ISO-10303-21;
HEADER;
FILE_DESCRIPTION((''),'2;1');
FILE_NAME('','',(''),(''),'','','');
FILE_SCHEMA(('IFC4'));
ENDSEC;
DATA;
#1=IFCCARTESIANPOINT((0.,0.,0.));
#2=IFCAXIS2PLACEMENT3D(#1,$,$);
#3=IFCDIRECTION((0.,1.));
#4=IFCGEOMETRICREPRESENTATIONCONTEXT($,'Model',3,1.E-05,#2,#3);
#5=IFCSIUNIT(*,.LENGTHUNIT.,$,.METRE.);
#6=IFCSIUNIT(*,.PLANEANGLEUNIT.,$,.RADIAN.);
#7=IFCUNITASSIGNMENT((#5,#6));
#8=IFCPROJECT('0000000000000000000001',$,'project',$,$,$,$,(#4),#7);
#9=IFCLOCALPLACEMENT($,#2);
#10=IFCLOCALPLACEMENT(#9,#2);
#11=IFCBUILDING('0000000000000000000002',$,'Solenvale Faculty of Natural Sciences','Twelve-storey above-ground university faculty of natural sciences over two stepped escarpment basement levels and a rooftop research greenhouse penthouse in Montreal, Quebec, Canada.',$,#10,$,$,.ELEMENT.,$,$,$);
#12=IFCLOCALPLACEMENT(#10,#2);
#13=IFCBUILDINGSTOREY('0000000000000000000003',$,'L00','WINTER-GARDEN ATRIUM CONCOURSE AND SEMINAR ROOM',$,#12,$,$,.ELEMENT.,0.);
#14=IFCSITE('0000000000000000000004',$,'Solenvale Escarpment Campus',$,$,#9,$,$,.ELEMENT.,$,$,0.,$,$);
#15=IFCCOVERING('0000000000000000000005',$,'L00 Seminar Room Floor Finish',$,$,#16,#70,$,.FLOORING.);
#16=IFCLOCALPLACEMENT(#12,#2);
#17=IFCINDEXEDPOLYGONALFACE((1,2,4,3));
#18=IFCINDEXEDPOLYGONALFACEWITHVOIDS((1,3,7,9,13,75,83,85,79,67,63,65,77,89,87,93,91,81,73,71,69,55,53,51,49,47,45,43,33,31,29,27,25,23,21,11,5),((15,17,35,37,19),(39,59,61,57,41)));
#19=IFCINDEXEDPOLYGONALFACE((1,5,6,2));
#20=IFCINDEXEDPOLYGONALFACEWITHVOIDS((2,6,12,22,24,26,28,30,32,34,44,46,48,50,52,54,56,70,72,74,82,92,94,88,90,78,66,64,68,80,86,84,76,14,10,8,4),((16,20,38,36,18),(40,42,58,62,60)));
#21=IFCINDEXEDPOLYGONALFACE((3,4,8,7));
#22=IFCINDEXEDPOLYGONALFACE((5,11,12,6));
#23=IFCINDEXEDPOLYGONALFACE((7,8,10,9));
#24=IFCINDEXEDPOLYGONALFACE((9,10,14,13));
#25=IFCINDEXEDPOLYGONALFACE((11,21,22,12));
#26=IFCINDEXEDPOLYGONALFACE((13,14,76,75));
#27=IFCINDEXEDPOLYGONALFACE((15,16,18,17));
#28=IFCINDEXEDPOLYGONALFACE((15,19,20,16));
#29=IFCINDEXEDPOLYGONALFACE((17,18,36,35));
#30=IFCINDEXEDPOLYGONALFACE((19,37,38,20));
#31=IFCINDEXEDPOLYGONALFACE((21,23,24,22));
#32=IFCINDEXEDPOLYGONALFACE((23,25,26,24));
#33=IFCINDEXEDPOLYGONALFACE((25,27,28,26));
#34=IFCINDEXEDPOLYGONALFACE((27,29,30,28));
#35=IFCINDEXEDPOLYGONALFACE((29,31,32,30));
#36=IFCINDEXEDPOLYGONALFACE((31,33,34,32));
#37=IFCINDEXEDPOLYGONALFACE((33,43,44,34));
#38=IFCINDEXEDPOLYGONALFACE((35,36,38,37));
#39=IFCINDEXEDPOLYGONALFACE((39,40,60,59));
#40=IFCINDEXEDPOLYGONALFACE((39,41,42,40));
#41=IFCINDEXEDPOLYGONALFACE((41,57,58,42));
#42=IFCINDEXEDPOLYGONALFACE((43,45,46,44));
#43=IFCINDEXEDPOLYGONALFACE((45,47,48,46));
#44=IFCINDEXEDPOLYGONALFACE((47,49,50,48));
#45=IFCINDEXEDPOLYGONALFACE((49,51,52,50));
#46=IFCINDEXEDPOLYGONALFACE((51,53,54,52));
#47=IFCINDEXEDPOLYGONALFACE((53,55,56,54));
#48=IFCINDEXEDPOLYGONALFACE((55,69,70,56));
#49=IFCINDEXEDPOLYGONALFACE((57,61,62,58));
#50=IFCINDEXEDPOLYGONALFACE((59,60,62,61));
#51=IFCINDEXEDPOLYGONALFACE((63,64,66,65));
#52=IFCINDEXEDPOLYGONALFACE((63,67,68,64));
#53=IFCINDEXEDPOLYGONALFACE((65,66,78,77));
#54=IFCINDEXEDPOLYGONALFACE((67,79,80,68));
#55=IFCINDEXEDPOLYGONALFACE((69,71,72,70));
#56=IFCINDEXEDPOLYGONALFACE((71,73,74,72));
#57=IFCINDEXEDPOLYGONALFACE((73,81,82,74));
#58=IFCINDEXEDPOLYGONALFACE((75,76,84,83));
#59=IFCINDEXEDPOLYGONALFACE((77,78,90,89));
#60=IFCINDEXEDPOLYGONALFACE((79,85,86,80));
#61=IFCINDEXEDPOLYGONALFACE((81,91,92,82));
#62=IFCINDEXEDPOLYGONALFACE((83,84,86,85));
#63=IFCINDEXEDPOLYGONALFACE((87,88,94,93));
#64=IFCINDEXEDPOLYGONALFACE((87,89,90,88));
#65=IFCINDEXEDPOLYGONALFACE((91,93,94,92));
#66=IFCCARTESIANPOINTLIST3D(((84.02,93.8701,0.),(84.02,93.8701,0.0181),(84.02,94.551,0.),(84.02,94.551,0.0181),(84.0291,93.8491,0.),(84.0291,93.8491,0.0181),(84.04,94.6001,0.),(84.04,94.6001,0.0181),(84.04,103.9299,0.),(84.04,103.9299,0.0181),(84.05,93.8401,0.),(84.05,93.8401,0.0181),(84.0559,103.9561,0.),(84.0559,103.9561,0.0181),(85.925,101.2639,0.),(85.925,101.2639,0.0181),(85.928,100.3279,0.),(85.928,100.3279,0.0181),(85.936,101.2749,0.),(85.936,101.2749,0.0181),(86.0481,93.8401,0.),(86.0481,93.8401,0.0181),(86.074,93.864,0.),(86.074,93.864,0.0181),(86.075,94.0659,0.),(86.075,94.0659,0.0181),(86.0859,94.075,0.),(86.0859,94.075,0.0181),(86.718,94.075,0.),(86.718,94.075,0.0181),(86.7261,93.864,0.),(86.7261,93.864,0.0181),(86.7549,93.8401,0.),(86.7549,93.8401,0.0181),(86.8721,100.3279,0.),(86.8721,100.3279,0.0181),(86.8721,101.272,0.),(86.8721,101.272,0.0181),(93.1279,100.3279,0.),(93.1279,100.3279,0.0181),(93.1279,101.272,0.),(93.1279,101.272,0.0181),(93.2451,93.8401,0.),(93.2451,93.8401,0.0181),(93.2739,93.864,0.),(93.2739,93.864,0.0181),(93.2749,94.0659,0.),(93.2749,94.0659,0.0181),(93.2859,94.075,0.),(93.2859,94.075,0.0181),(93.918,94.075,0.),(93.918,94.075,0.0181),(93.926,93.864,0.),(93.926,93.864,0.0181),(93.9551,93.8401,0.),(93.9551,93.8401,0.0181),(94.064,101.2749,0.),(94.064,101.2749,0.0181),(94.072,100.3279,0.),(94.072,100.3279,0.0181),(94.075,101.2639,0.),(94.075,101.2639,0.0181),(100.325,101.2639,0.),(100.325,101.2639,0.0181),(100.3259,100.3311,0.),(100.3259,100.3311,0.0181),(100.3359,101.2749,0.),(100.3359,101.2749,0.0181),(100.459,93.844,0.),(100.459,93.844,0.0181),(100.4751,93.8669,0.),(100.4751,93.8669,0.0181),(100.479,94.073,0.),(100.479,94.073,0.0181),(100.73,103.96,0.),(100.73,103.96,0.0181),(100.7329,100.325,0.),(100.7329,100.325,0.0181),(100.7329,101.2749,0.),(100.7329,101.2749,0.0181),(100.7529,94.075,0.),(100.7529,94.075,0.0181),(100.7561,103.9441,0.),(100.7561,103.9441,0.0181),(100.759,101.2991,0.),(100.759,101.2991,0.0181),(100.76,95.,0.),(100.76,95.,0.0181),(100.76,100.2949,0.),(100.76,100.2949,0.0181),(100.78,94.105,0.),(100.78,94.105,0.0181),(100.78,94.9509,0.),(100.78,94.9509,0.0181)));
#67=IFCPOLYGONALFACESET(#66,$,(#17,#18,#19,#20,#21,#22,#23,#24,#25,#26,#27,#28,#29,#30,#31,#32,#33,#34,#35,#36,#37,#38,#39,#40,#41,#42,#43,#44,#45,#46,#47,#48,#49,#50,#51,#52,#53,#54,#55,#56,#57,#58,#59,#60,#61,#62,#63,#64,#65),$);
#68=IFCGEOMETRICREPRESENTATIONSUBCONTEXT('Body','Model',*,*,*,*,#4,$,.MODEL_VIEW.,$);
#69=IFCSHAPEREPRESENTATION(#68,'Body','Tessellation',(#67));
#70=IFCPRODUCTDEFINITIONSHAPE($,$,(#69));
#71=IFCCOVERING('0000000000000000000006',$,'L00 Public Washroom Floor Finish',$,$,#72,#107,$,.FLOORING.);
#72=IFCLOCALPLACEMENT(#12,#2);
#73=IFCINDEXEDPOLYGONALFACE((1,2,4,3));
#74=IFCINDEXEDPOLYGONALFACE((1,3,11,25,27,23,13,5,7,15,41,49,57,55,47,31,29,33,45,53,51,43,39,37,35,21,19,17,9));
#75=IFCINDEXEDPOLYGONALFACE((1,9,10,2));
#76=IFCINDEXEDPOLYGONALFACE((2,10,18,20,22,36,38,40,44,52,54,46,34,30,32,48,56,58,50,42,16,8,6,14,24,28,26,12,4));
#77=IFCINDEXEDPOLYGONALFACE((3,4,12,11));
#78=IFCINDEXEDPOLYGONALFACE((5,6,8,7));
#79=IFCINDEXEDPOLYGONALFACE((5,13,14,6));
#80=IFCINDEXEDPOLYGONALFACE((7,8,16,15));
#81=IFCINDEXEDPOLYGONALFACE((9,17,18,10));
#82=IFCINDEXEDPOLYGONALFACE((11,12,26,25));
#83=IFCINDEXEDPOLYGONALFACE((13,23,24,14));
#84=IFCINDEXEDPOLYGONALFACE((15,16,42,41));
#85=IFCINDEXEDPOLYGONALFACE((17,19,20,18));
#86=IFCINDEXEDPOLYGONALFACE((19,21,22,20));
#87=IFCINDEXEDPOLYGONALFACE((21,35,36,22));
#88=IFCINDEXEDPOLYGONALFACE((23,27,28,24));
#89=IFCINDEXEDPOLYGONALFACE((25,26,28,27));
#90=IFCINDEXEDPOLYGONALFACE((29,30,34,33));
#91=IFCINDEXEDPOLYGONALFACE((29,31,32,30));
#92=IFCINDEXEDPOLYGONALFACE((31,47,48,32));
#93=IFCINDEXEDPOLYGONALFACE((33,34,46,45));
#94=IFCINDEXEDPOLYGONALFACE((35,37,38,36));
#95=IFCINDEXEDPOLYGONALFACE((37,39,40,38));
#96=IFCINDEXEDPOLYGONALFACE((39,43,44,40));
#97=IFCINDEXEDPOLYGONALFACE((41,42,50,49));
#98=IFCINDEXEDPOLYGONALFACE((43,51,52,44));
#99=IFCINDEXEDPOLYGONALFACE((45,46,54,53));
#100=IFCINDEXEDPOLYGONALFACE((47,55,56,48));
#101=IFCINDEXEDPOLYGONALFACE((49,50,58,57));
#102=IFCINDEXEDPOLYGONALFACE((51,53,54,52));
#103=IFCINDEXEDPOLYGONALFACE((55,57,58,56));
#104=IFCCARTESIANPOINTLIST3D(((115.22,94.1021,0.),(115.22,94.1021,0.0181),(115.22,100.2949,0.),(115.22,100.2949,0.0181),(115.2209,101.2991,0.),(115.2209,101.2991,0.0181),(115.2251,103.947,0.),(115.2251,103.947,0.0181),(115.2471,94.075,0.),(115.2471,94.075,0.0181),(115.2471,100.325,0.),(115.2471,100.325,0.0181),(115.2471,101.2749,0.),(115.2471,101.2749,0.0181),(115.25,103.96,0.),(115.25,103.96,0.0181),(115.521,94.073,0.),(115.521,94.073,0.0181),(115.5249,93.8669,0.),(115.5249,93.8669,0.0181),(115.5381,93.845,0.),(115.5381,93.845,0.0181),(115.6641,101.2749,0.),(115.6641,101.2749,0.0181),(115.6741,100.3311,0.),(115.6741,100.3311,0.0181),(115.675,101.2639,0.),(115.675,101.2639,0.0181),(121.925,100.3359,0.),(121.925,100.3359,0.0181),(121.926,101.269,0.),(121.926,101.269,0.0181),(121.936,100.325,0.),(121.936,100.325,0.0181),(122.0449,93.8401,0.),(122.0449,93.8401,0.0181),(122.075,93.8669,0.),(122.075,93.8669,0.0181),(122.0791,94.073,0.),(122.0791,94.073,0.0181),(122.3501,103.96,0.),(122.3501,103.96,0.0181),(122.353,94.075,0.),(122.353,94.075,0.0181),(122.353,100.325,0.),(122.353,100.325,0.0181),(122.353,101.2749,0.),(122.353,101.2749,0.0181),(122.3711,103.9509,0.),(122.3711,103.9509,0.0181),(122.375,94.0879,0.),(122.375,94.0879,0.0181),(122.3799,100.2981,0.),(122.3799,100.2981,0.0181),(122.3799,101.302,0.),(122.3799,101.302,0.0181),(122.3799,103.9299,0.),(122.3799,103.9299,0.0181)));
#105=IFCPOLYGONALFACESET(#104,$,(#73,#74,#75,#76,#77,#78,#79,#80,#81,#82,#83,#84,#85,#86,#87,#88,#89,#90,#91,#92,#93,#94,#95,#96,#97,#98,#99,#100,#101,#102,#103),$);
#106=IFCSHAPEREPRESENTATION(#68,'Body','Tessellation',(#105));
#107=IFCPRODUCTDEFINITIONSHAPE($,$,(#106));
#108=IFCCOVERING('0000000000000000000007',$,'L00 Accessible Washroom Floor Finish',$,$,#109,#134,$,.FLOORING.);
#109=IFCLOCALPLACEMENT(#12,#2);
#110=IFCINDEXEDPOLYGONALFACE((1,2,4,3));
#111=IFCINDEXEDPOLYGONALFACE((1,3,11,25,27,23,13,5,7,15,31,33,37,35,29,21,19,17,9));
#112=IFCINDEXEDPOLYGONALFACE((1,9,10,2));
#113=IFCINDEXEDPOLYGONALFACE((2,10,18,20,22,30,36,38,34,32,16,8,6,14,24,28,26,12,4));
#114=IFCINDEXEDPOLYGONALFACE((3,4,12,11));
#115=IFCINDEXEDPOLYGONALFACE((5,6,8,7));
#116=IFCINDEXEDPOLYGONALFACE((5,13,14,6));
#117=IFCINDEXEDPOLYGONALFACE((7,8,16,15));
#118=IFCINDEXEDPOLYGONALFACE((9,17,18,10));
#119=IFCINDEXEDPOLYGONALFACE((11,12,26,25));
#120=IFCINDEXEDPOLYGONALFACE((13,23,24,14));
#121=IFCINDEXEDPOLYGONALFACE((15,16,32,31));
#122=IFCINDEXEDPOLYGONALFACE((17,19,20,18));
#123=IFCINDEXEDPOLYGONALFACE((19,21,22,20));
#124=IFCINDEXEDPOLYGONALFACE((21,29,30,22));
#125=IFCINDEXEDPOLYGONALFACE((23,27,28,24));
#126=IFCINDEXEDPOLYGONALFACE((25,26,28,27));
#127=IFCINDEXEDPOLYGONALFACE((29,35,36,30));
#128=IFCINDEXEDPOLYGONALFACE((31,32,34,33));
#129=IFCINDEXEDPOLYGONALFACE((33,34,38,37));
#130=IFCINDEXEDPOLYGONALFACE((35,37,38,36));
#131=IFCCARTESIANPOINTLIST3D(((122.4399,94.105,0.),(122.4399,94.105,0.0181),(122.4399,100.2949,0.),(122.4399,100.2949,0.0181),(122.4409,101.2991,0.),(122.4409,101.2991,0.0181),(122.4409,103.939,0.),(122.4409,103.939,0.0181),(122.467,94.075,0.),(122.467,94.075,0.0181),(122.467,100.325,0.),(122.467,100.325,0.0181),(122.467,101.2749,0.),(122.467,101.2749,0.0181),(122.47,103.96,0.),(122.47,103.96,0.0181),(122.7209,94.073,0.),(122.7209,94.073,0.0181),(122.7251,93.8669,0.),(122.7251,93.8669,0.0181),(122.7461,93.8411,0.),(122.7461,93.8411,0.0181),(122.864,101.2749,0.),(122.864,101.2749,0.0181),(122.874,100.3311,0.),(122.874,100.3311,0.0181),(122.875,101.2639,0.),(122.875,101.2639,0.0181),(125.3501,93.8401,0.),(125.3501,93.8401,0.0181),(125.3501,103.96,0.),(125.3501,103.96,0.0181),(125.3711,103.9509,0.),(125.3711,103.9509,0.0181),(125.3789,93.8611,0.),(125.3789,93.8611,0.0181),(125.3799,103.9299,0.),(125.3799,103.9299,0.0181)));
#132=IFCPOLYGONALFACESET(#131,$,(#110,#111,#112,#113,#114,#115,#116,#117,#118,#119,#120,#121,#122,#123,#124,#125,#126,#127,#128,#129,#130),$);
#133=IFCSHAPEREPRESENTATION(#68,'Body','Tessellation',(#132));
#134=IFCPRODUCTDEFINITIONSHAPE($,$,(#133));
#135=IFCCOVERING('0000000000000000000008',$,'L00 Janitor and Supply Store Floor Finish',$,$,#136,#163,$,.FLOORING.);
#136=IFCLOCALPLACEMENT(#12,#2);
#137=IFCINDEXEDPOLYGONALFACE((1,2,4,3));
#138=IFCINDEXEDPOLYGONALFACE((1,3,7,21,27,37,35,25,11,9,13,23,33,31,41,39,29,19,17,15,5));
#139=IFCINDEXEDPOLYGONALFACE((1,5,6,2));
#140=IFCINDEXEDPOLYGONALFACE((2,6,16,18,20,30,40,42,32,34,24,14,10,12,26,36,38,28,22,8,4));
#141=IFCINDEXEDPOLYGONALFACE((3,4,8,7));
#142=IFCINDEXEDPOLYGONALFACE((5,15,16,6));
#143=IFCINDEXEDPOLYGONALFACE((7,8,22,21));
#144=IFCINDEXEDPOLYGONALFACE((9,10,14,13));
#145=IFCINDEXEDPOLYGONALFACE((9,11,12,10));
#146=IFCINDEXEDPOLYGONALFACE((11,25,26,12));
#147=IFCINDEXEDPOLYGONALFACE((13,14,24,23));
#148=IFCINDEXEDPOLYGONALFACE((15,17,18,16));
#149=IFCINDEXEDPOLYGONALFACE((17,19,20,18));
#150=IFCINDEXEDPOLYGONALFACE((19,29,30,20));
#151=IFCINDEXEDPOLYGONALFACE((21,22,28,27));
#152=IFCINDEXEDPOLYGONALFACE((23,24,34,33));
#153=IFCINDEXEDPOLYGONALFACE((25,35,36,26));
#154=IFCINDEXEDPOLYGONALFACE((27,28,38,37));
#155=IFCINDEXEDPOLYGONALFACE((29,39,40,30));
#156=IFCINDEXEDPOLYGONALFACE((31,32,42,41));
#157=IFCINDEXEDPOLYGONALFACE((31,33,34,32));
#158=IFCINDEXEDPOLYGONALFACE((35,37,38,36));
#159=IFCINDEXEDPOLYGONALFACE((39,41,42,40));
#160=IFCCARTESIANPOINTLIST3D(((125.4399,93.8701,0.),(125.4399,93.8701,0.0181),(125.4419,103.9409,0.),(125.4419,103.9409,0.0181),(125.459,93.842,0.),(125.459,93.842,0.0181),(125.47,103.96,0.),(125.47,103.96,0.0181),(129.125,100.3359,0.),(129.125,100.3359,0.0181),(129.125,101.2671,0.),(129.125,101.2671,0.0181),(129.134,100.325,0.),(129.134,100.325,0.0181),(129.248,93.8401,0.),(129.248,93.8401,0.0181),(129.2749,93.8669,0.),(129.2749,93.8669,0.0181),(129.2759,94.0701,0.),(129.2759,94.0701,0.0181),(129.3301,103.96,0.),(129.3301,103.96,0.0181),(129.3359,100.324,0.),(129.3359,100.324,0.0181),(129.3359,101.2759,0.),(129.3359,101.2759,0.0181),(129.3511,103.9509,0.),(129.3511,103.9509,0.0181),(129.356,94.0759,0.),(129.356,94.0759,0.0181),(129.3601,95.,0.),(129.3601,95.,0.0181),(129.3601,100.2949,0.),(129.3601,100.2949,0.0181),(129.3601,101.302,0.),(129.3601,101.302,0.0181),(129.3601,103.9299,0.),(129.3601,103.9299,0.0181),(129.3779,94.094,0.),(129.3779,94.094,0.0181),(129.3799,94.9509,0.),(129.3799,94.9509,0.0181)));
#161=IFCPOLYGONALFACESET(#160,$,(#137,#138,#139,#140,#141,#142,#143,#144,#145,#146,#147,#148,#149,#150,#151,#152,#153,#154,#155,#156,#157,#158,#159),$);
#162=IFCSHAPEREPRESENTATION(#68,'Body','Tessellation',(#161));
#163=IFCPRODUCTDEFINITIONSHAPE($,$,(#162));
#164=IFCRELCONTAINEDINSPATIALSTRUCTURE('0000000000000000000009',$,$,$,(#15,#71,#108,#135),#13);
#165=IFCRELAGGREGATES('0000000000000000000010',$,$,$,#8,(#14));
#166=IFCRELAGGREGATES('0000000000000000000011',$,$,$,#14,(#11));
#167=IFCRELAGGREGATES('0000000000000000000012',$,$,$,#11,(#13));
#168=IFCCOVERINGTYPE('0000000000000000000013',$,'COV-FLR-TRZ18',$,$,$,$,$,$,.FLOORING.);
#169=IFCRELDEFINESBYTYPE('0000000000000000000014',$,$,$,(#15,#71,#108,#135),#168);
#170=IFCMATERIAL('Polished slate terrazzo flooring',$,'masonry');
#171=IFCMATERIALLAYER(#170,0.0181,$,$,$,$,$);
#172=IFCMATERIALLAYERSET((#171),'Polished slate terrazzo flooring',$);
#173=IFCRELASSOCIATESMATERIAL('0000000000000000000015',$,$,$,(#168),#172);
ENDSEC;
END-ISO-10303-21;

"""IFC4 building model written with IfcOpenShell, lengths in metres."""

from ifc_helpers import new_model, si_unit, direction, origin, place, context, subcontext, project, spatial, polyline, outline, extrude, material, layer, layer_set, type_object, element, save


model = new_model("IFC4")

# Units and contexts
model_context = context("Model", 3, precision=1e-05, world=origin(), true_north=direction((0.0, 1.0)))
body_context = subcontext(model_context, "Body", "Model", "MODEL_VIEW")
ifc_project = project(units=[si_unit("LENGTHUNIT", "METRE"), si_unit("PLANEANGLEUNIT", "RADIAN")], contexts=[model_context])

# Site, building, storey
site_placement = place(None, origin())
site = spatial("IfcSite", under=ifc_project, at=site_placement, Name="Solenvale Escarpment Campus", CompositionType="ELEMENT", RefElevation=0.0)
building_placement = place(site_placement, origin())
building = spatial("IfcBuilding", under=site, at=building_placement, Name="Solenvale Faculty of Natural Sciences", Description="Twelve-storey above-ground university faculty of natural sciences over two stepped escarpment basement levels and a rooftop research greenhouse penthouse in Montreal, Quebec, Canada.", CompositionType="ELEMENT")
storey_placement = place(building_placement, origin())
storey = spatial("IfcBuildingStorey", under=building, at=storey_placement, Name="L00", Description="WINTER-GARDEN ATRIUM CONCOURSE AND SEMINAR ROOM", CompositionType="ELEMENT", Elevation=0.0)

# Coverings
ifc_material_1 = material(Name="Polished slate terrazzo flooring", Category="masonry")
ifc_layer_1 = layer(ifc_material_1, 0.0181)
ifc_layer_set_1 = layer_set([ifc_layer_1], Name="Polished slate terrazzo flooring")
covering_type_1 = type_object("IfcCoveringType", Name="COV-FLR-TRZ18", PredefinedType="FLOORING", material=ifc_layer_set_1)
covering_1_placement = place(storey_placement, origin())
element("IfcCovering", 1, at=covering_1_placement, inside=storey, type_object=covering_type_1, Name="L00 Seminar Room Floor Finish", PredefinedType="FLOORING", context=body_context, shape_type="SweptSolid", body=[
    extrude(outline(polyline([(84.02, 94.551), (84.04, 94.6001), (84.04, 103.9299), (84.0559, 103.9561), (100.73, 103.96), (100.7561, 103.9441), (100.759, 101.2991), (100.7329, 101.2749), (100.3359, 101.2749), (100.325, 101.2639), (100.3259, 100.3311), (100.7329, 100.325), (100.76, 100.2949), (100.76, 95.0), (100.78, 94.9509), (100.78, 94.105), (100.7529, 94.075), (100.479, 94.073), (100.4751, 93.8669), (100.459, 93.844), (93.9551, 93.8401), (93.926, 93.864), (93.918, 94.075), (93.2859, 94.075), (93.2749, 94.0659), (93.2739, 93.864), (93.2451, 93.8401), (86.7549, 93.8401), (86.7261, 93.864), (86.718, 94.075), (86.0859, 94.075), (86.075, 94.0659), (86.074, 93.864), (86.0481, 93.8401), (84.05, 93.8401), (84.0291, 93.8491), (84.02, 93.8701), (84.02, 94.551)]), holes=[polyline([(94.075, 101.2639), (94.064, 101.2749), (93.1279, 101.272), (93.1279, 100.3279), (94.072, 100.3279), (94.075, 101.2639)]), polyline([(85.936, 101.2749), (85.925, 101.2639), (85.928, 100.3279), (86.8721, 100.3279), (86.8721, 101.272), (85.936, 101.2749)])]), origin(), (0.0, 0.0, 1.0), 0.0181),
])
covering_2_placement = place(storey_placement, origin())
element("IfcCovering", 2, at=covering_2_placement, inside=storey, type_object=covering_type_1, Name="L00 Public Washroom Floor Finish", PredefinedType="FLOORING", context=body_context, shape_type="SweptSolid", body=[
    extrude(outline(polyline([(122.3501, 103.96), (122.3711, 103.9509), (122.3799, 103.9299), (122.3799, 101.302), (122.353, 101.2749), (121.926, 101.269), (121.925, 100.3359), (121.936, 100.325), (122.353, 100.325), (122.3799, 100.2981), (122.375, 94.0879), (122.353, 94.075), (122.0791, 94.073), (122.075, 93.8669), (122.0449, 93.8401), (115.5381, 93.845), (115.5249, 93.8669), (115.521, 94.073), (115.2471, 94.075), (115.22, 94.1021), (115.22, 100.2949), (115.2471, 100.325), (115.6741, 100.3311), (115.675, 101.2639), (115.6641, 101.2749), (115.2471, 101.2749), (115.2209, 101.2991), (115.2251, 103.947), (115.25, 103.96), (122.3501, 103.96)])), origin(), (0.0, 0.0, 1.0), 0.0181),
])
covering_3_placement = place(storey_placement, origin())
element("IfcCovering", 3, at=covering_3_placement, inside=storey, type_object=covering_type_1, Name="L00 Accessible Washroom Floor Finish", PredefinedType="FLOORING", context=body_context, shape_type="SweptSolid", body=[
    extrude(outline(polyline([(125.3501, 103.96), (125.3711, 103.9509), (125.3799, 103.9299), (125.3789, 93.8611), (125.3501, 93.8401), (122.7461, 93.8411), (122.7251, 93.8669), (122.7209, 94.073), (122.467, 94.075), (122.4399, 94.105), (122.4399, 100.2949), (122.467, 100.325), (122.874, 100.3311), (122.875, 101.2639), (122.864, 101.2749), (122.467, 101.2749), (122.4409, 101.2991), (122.4409, 103.939), (122.47, 103.96), (125.3501, 103.96)])), origin(), (0.0, 0.0, 1.0), 0.0181),
])
covering_4_placement = place(storey_placement, origin())
element("IfcCovering", 4, at=covering_4_placement, inside=storey, type_object=covering_type_1, Name="L00 Janitor and Supply Store Floor Finish", PredefinedType="FLOORING", context=body_context, shape_type="SweptSolid", body=[
    extrude(outline(polyline([(129.3301, 103.96), (129.3511, 103.9509), (129.3601, 103.9299), (129.3601, 101.302), (129.3359, 101.2759), (129.125, 101.2671), (129.125, 100.3359), (129.134, 100.325), (129.3359, 100.324), (129.3601, 100.2949), (129.3601, 95.0), (129.3799, 94.9509), (129.3779, 94.094), (129.356, 94.0759), (129.2759, 94.0701), (129.2749, 93.8669), (129.248, 93.8401), (125.459, 93.842), (125.4399, 93.8701), (125.4419, 103.9409), (125.47, 103.96), (129.3301, 103.96)])), origin(), (0.0, 0.0, 1.0), 0.0181),
])

save(model, "model.ifc")
